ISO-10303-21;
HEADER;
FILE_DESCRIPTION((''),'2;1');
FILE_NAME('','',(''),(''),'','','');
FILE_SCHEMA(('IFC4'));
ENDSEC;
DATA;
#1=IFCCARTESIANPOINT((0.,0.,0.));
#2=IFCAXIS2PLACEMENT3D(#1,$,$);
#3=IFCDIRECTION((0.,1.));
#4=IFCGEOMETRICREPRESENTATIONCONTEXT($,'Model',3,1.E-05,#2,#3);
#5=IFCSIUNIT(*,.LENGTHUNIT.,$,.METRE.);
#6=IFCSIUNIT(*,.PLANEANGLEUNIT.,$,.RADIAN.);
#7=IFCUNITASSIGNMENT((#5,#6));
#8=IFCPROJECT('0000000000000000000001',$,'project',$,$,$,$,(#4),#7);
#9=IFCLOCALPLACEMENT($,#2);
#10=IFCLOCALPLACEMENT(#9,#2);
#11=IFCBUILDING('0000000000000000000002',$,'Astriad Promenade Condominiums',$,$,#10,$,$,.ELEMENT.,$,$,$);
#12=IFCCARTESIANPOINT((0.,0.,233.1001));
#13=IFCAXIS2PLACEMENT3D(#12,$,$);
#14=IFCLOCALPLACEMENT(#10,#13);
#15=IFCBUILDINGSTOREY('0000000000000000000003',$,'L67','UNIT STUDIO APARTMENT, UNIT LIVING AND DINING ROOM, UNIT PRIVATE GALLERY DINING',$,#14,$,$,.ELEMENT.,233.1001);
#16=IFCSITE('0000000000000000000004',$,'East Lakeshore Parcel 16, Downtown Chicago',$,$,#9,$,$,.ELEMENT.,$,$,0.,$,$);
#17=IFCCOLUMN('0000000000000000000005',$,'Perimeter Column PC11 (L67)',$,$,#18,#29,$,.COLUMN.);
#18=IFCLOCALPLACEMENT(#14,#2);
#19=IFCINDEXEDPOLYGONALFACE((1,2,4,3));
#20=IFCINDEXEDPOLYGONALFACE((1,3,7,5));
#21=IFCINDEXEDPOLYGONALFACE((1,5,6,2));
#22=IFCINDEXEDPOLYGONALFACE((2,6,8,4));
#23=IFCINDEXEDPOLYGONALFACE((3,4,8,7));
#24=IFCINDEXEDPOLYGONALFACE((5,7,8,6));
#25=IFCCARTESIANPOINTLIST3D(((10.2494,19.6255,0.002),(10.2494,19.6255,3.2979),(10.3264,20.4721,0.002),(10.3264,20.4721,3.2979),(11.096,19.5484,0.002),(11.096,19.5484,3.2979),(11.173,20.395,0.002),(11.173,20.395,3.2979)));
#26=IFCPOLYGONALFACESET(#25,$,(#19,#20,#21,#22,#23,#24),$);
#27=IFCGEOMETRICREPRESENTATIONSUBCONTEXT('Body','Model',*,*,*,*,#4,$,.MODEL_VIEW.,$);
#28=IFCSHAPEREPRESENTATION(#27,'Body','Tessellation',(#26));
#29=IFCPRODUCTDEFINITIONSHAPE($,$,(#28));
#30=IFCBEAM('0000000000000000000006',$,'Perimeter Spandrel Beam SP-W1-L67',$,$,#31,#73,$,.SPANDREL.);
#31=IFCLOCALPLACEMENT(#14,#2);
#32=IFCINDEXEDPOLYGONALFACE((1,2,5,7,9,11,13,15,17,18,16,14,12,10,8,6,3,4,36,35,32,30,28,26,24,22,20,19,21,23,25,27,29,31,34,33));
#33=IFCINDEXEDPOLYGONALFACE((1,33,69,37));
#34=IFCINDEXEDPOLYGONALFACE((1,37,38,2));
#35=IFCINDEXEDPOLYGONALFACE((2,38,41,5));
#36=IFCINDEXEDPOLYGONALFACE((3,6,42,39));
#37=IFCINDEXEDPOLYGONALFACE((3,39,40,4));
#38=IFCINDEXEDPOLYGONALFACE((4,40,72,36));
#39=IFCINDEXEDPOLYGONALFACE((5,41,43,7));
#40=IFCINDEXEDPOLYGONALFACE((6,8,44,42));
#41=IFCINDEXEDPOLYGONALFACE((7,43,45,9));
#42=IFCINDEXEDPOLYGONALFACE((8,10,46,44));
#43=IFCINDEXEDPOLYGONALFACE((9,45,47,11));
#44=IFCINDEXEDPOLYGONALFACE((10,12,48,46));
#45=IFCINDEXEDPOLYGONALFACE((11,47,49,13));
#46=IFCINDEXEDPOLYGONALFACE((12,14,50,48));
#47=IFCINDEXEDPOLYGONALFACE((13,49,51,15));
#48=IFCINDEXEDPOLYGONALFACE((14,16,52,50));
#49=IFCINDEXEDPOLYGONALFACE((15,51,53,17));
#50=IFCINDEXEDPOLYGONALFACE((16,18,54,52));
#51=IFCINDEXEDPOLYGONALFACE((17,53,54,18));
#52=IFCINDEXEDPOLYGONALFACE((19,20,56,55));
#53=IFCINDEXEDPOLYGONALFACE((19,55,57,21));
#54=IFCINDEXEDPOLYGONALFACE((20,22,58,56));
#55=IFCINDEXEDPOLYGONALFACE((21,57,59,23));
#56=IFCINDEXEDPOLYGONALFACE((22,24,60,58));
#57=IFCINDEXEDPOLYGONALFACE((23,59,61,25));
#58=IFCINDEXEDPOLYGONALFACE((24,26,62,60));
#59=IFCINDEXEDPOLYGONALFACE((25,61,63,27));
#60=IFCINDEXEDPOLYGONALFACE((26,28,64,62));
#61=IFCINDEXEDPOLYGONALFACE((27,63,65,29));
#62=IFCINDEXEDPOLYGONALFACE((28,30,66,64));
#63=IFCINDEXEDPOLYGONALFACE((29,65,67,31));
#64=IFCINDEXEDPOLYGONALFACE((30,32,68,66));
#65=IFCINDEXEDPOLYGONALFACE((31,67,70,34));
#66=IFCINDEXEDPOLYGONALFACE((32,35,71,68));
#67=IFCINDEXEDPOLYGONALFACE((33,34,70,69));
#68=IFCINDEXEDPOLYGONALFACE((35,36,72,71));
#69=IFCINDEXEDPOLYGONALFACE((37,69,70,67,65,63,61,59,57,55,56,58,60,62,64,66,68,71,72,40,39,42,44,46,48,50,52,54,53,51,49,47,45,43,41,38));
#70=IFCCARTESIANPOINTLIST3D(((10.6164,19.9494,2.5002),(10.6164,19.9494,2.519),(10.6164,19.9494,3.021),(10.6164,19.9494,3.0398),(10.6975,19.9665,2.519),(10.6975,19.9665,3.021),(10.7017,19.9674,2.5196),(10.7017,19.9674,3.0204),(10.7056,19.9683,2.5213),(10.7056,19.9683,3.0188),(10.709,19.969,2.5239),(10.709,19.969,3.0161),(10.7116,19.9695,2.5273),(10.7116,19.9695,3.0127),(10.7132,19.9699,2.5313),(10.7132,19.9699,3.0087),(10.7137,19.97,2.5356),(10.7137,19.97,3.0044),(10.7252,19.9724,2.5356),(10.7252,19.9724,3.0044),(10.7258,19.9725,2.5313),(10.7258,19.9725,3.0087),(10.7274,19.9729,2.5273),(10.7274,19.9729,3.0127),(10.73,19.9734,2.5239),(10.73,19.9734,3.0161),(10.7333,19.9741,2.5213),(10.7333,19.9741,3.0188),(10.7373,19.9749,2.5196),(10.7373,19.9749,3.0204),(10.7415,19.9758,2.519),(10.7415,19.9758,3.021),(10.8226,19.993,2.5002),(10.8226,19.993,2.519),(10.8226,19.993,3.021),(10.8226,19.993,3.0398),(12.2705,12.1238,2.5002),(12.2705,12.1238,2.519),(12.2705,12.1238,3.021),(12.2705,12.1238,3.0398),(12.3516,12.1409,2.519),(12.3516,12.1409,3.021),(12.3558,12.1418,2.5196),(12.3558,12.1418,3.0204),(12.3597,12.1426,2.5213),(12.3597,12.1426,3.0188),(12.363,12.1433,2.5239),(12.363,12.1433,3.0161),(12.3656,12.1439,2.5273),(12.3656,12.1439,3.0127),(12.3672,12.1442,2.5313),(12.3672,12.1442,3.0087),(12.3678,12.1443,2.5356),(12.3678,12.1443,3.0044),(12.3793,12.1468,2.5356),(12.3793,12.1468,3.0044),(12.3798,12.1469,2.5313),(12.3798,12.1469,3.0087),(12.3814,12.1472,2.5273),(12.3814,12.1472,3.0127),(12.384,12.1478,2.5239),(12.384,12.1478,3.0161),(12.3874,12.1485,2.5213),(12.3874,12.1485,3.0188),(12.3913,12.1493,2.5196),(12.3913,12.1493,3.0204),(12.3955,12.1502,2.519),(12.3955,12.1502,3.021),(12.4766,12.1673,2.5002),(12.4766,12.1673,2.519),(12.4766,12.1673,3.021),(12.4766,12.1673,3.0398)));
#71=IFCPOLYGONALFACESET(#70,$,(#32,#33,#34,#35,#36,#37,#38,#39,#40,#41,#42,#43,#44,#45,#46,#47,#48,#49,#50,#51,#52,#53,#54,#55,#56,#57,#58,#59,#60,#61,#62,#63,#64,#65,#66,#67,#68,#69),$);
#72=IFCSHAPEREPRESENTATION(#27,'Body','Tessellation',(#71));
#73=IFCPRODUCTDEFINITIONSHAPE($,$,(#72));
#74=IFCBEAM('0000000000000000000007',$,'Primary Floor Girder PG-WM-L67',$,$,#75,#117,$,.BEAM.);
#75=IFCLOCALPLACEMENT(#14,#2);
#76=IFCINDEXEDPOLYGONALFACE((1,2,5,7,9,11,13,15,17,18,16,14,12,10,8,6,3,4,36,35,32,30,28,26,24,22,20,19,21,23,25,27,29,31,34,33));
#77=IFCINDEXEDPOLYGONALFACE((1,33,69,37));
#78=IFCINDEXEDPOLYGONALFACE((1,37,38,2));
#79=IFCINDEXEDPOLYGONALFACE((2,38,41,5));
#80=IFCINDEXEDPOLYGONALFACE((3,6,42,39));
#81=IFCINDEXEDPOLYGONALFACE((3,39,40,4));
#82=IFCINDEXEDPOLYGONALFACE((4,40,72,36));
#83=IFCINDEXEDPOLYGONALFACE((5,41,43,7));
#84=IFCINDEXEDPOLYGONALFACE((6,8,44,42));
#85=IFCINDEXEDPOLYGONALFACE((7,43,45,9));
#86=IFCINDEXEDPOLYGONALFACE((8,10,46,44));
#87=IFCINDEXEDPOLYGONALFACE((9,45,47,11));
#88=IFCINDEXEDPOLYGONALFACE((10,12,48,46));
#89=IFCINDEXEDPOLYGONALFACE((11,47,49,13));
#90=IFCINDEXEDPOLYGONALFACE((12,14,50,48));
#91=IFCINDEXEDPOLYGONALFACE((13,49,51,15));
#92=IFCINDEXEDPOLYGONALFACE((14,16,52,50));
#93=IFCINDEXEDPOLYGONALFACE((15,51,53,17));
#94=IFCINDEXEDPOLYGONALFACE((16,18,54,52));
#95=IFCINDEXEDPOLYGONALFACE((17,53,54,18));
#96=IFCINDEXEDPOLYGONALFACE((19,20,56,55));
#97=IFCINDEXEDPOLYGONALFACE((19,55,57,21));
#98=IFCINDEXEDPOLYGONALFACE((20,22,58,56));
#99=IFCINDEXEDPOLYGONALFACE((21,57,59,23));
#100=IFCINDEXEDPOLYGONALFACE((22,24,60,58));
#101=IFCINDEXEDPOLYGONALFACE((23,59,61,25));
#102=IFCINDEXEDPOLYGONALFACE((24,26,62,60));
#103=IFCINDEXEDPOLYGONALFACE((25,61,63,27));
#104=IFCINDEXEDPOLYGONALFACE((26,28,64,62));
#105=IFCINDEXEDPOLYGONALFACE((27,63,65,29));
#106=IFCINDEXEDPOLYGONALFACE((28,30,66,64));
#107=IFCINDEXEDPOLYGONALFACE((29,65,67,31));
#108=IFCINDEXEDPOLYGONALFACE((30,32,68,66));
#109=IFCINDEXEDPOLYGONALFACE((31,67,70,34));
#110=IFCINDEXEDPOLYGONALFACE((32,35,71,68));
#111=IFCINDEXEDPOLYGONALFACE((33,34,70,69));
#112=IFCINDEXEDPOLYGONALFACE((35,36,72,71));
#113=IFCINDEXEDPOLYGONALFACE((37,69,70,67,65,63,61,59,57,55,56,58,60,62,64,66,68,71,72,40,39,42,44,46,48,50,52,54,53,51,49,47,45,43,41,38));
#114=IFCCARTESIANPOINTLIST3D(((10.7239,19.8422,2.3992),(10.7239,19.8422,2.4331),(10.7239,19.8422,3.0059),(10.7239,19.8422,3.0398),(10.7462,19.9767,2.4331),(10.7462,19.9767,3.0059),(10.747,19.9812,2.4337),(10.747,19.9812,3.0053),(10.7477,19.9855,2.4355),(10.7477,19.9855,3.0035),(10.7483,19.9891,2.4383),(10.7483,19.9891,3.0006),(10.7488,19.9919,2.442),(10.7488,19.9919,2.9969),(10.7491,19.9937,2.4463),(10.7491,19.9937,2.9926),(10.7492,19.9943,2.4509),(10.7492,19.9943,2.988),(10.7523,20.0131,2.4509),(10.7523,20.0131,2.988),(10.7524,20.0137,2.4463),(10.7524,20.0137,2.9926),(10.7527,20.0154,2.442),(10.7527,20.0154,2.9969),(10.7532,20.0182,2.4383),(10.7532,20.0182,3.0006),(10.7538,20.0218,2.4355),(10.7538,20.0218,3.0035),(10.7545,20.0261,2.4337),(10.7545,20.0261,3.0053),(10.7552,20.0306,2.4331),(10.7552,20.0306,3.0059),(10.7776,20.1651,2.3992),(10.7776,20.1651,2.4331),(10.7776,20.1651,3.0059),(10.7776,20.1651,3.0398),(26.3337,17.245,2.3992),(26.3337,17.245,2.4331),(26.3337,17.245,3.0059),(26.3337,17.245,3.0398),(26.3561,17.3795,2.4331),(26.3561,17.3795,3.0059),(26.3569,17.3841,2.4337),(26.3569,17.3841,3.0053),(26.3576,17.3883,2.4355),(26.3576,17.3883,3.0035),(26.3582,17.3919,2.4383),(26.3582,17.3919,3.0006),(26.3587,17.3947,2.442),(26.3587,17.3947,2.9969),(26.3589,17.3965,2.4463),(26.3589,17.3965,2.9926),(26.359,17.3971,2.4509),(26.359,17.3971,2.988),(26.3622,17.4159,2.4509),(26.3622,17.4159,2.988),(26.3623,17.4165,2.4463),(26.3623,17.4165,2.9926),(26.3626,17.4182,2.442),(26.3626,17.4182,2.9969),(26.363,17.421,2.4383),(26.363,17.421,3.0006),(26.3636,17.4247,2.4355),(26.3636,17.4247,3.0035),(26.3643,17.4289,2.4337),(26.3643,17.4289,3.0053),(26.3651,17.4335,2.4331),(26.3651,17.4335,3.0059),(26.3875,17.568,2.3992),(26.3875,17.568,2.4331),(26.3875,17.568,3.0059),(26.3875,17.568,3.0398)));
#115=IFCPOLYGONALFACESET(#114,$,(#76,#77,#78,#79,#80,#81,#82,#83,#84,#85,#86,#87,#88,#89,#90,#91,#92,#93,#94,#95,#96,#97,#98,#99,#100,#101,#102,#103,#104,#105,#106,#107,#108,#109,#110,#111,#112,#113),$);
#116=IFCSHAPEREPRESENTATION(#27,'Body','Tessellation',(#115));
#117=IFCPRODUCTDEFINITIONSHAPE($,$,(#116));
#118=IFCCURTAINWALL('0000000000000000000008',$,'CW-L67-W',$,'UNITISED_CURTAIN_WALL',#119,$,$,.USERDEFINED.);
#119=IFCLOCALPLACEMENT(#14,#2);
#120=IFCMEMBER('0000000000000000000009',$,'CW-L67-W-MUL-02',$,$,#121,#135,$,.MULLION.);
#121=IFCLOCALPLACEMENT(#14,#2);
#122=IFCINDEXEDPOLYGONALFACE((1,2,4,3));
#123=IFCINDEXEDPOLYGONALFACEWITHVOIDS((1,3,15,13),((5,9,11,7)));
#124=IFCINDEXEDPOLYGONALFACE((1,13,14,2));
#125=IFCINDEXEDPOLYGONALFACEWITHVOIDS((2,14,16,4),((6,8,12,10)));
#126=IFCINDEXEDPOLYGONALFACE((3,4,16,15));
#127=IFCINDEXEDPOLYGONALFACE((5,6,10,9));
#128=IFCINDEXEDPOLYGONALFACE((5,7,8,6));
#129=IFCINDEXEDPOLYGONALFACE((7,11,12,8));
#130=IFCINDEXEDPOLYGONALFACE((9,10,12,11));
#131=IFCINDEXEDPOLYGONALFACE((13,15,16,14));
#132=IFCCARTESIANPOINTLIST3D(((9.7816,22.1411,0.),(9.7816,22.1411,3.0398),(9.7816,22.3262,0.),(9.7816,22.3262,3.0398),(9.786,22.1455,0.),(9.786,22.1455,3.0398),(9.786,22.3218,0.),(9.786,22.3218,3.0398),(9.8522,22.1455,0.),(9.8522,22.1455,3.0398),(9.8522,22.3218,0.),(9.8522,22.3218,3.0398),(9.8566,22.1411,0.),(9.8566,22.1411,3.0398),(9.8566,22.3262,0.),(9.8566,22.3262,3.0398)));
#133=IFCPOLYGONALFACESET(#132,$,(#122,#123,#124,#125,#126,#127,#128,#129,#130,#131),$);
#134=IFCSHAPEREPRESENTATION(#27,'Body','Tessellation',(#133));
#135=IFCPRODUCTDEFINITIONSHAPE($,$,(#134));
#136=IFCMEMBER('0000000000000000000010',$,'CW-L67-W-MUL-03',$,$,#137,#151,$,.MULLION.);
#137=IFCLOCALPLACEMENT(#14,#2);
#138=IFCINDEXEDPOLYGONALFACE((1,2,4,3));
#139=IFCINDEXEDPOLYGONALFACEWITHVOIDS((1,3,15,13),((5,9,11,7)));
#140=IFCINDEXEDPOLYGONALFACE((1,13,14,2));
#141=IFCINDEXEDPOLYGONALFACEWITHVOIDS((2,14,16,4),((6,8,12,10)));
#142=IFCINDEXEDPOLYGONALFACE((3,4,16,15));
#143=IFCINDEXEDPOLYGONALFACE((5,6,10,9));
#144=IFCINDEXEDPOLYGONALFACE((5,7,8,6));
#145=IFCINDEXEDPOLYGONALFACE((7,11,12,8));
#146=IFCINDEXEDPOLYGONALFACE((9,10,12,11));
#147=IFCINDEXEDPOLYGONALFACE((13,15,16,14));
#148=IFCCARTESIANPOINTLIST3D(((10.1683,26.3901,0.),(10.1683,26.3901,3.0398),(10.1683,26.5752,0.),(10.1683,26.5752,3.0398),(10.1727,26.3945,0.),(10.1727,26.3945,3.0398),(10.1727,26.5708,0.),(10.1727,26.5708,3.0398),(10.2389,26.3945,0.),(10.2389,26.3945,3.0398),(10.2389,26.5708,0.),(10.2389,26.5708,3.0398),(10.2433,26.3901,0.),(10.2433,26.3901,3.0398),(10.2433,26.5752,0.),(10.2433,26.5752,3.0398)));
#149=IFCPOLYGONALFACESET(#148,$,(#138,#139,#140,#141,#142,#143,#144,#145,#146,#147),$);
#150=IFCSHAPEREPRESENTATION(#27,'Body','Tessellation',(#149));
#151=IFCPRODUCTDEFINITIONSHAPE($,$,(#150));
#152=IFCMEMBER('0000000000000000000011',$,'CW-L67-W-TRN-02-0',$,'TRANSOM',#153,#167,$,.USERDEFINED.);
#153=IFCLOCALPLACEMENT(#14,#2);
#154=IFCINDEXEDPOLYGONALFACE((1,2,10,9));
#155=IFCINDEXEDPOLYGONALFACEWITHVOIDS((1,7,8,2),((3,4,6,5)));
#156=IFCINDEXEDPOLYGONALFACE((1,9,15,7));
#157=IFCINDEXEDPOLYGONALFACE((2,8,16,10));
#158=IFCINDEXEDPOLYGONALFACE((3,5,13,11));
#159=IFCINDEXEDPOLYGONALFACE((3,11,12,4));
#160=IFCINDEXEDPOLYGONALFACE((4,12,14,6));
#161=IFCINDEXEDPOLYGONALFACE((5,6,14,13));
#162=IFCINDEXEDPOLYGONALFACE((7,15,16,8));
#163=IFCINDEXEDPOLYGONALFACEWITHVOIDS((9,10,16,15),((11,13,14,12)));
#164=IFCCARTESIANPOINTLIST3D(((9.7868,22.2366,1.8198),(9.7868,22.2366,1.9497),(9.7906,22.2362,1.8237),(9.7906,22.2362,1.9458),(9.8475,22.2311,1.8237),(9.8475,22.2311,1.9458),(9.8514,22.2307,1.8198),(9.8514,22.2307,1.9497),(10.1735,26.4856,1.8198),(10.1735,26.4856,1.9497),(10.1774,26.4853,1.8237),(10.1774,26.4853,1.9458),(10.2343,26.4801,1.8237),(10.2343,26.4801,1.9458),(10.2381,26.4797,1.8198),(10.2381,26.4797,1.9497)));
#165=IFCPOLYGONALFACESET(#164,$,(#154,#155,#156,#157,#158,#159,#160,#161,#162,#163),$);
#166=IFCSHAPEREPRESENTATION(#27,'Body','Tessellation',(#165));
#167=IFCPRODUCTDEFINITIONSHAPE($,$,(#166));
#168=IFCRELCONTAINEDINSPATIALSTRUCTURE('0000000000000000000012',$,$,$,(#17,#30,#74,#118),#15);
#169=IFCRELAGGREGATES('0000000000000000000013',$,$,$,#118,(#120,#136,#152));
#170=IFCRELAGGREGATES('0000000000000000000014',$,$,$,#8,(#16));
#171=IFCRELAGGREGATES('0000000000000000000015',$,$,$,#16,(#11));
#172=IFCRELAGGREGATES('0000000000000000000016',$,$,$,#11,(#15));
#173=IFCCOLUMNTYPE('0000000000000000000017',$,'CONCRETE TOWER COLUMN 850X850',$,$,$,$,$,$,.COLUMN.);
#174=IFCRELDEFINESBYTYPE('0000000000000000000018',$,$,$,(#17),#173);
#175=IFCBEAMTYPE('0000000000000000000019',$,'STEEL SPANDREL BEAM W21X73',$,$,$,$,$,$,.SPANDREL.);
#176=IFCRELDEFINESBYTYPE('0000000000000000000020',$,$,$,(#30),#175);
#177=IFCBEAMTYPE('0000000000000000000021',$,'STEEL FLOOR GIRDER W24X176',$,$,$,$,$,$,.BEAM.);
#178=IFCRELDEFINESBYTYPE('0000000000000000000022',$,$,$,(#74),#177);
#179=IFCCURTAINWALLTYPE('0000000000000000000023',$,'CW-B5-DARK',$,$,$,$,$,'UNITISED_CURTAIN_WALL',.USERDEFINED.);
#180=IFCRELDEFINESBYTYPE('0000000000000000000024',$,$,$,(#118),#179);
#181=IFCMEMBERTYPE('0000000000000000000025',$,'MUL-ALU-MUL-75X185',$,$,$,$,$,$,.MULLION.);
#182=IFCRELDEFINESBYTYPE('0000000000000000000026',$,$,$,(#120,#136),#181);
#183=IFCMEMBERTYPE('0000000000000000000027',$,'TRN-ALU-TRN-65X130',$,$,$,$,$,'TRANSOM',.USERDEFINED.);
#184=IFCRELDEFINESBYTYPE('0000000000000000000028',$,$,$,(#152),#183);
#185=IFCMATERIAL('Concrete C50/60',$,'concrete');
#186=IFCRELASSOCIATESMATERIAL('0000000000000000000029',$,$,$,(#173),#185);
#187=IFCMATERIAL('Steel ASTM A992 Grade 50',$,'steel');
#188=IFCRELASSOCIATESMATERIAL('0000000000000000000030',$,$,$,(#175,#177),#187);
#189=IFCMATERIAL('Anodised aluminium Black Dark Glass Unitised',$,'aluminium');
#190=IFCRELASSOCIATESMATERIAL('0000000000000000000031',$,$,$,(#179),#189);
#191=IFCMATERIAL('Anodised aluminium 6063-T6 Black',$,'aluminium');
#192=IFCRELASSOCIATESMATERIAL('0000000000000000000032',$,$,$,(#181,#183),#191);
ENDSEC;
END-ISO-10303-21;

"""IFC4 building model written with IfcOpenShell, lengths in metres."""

from ifc_helpers import new_model, si_unit, direction, frame, origin, origin_2d, place, context, subcontext, project, spatial, rectangle, hollow_rectangle, i_section, extrude, source, transform, mapped, material, material_profile, profile_set, type_object, type_shapes, element, aggregate, save


model = new_model("IFC4")

# Units and contexts
model_context = context("Model", 3, precision=1e-05, world=origin(), true_north=direction((0.0, 1.0)))
body_context = subcontext(model_context, "Body", "Model", "MODEL_VIEW")
ifc_project = project(units=[si_unit("LENGTHUNIT", "METRE"), si_unit("PLANEANGLEUNIT", "RADIAN")], contexts=[model_context])

# Site, building, storey
site_placement = place(None, origin())
site = spatial("IfcSite", under=ifc_project, at=site_placement, Name="East Lakeshore Parcel 16, Downtown Chicago", CompositionType="ELEMENT", RefElevation=0.0)
building_placement = place(site_placement, origin())
building = spatial("IfcBuilding", under=site, at=building_placement, Name="Astriad Promenade Condominiums", CompositionType="ELEMENT")
storey_placement = place(building_placement, frame((0.0, 0.0, 233.1001)))
storey = spatial("IfcBuildingStorey", under=building, at=storey_placement, Name="L67", Description="UNIT STUDIO APARTMENT, UNIT LIVING AND DINING ROOM, UNIT PRIVATE GALLERY DINING", CompositionType="ELEMENT", Elevation=233.1001)

# Column
ifc_material_1 = material(Name="Concrete C50/60", Category="concrete")
ifc_material_profile_1 = material_profile(ifc_material_1, rectangle(XDim=0.8501, YDim=0.8501, at=origin_2d()), Name="RC-COL-850X850")
ifc_profile_set_1 = profile_set([ifc_material_profile_1], Name="Concrete C50/60")
column_type = type_object("IfcColumnType", Name="CONCRETE TOWER COLUMN 850X850", PredefinedType="COLUMN", material=ifc_profile_set_1)
shared_shape_1 = source(origin(), body_context, "Body", "SweptSolid", [
    extrude(rectangle(XDim=0.8501, YDim=0.8501, at=origin_2d()), origin(), (0.0, 0.0, 1.0), 3.2959),
])
type_shapes(column_type, [shared_shape_1])
column_placement = place(storey_placement, frame((10.7112, 20.0103, 0.002), z_axis=(0.0, 0.0, 1.0), x_axis=(0.995884, -0.090633, 0.0)))
element("IfcColumn", 1, at=column_placement, inside=storey, type_object=column_type, Name="Perimeter Column PC11 (L67)", PredefinedType="COLUMN", context=body_context, shape_type="MappedRepresentation", body=[
    mapped(shared_shape_1, transform((0.0, 0.0, 0.0), scale=1.0)),
])

# Beams
ifc_material_2 = material(Name="Steel ASTM A992 Grade 50", Category="steel")
ifc_material_profile_2 = material_profile(ifc_material_2, i_section(OverallWidth=0.2107, OverallDepth=0.5396, WebThickness=0.0117, FlangeThickness=0.0188, FilletRadius=0.0166, at=origin_2d()), Name="W21X73")
ifc_profile_set_2 = profile_set([ifc_material_profile_2], Name="Steel ASTM A992 Grade 50")
beam_type_1 = type_object("IfcBeamType", Name="STEEL SPANDREL BEAM W21X73", PredefinedType="SPANDREL", material=ifc_profile_set_2)
shared_shape_2 = source(origin(), body_context, "Body", "SweptSolid", [
    extrude(i_section(OverallWidth=0.2107, OverallDepth=0.5396, WebThickness=0.0117, FlangeThickness=0.0188, FilletRadius=0.0166, at=origin_2d()), origin(), (0.0, 0.0, 1.0), 7.9985),
])
type_shapes(beam_type_1, [shared_shape_2])
beam_1_placement = place(storey_placement, frame((10.7195, 19.9712, 2.77), z_axis=(0.206793, -0.978385, 0.0), x_axis=(0.978385, 0.206793, 0.0)))
element("IfcBeam", 2, at=beam_1_placement, inside=storey, type_object=beam_type_1, Name="Perimeter Spandrel Beam SP-W1-L67", PredefinedType="SPANDREL", context=body_context, shape_type="MappedRepresentation", body=[
    mapped(shared_shape_2, transform((0.0, 0.0, 0.0), scale=1.0)),
])
ifc_material_profile_3 = material_profile(ifc_material_2, i_section(OverallWidth=0.3274, OverallDepth=0.6406, WebThickness=0.019, FlangeThickness=0.0339, FilletRadius=0.0178, at=origin_2d()), Name="W24X176")
ifc_profile_set_3 = profile_set([ifc_material_profile_3], Name="Steel ASTM A992 Grade 50")
beam_type_2 = type_object("IfcBeamType", Name="STEEL FLOOR GIRDER W24X176", PredefinedType="BEAM", material=ifc_profile_set_3)
shared_shape_3 = source(origin(), body_context, "Body", "SweptSolid", [
    extrude(i_section(OverallWidth=0.3274, OverallDepth=0.6406, WebThickness=0.019, FlangeThickness=0.0339, FilletRadius=0.0178, at=origin_2d()), origin(), (0.0, 0.0, 1.0), 15.8245),
])
type_shapes(beam_type_2, [shared_shape_3])
beam_2_placement = place(storey_placement, frame((10.7507, 20.0037, 2.7195), z_axis=(0.98644, -0.164124, 0.0), x_axis=(0.164124, 0.98644, 0.0)))
element("IfcBeam", 3, at=beam_2_placement, inside=storey, type_object=beam_type_2, Name="Primary Floor Girder PG-WM-L67", PredefinedType="BEAM", context=body_context, shape_type="MappedRepresentation", body=[
    mapped(shared_shape_3, transform((0.0, 0.0, 0.0), scale=1.0)),
])

# Curtain wall, members
ifc_material_3 = material(Name="Anodised aluminium Black Dark Glass Unitised", Category="aluminium")
curtain_wall_type = type_object("IfcCurtainWallType", Name="CW-B5-DARK", ElementType="UNITISED_CURTAIN_WALL", PredefinedType="USERDEFINED", material=ifc_material_3)
curtain_wall_placement = place(storey_placement, origin())
curtain_wall = element("IfcCurtainWall", 4, at=curtain_wall_placement, inside=storey, type_object=curtain_wall_type, Name="CW-L67-W", ObjectType="UNITISED_CURTAIN_WALL", PredefinedType="USERDEFINED")
ifc_material_4 = material(Name="Anodised aluminium 6063-T6 Black", Category="aluminium")
ifc_material_profile_4 = material_profile(ifc_material_4, hollow_rectangle(XDim=0.075, YDim=0.1851, WallThickness=0.0044, at=origin_2d()), Name="ALU-MUL-75X185")
ifc_profile_set_4 = profile_set([ifc_material_profile_4], Name="Anodised aluminium 6063-T6 Black")
member_type_1 = type_object("IfcMemberType", Name="MUL-ALU-MUL-75X185", PredefinedType="MULLION", material=ifc_profile_set_4)
shared_shape_4 = source(origin(), body_context, "Body", "SweptSolid", [
    extrude(hollow_rectangle(XDim=0.075, YDim=0.1851, WallThickness=0.0044, at=origin_2d()), origin(), (0.0, 0.0, 1.0), 3.0398),
])
type_shapes(member_type_1, [shared_shape_4])
member_1_placement = place(storey_placement, frame((9.8191, 22.2336, 0.0), z_axis=(0.0, 0.0, 1.0), x_axis=(1.0, 0.0, 0.0)))
member_1 = element("IfcMember", 5, at=member_1_placement, type_object=member_type_1, Name="CW-L67-W-MUL-02", PredefinedType="MULLION", context=body_context, shape_type="MappedRepresentation", body=[
    mapped(shared_shape_4, transform((0.0, 0.0, 0.0), scale=1.0)),
])
member_2_placement = place(storey_placement, frame((10.2058, 26.4827, 0.0), z_axis=(0.0, 0.0, 1.0), x_axis=(1.0, 0.0, 0.0)))
member_2 = element("IfcMember", 6, at=member_2_placement, type_object=member_type_1, Name="CW-L67-W-MUL-03", PredefinedType="MULLION", context=body_context, shape_type="MappedRepresentation", body=[
    mapped(shared_shape_4, transform((0.0, 0.0, 0.0), scale=1.0)),
])
ifc_material_profile_5 = material_profile(ifc_material_4, hollow_rectangle(XDim=0.0649, YDim=0.1299, WallThickness=0.0039, at=origin_2d()), Name="ALU-TRN-65X130")
ifc_profile_set_5 = profile_set([ifc_material_profile_5], Name="Anodised aluminium 6063-T6 Black")
member_type_2 = type_object("IfcMemberType", Name="TRN-ALU-TRN-65X130", ElementType="TRANSOM", PredefinedType="USERDEFINED", material=ifc_profile_set_5)
shared_shape_5 = source(origin(), body_context, "Body", "SweptSolid", [
    extrude(hollow_rectangle(XDim=0.0649, YDim=0.1299, WallThickness=0.0039, at=origin_2d()), origin(), (0.0, 0.0, 1.0), 4.2666),
])
type_shapes(member_type_2, [shared_shape_5])
member_3_placement = place(storey_placement, frame((9.8191, 22.2336, 1.8848), z_axis=(0.090639, 0.995884, 0.0), x_axis=(-0.995884, 0.090639, 0.0)))
member_3 = element("IfcMember", 7, at=member_3_placement, type_object=member_type_2, Name="CW-L67-W-TRN-02-0", ObjectType="TRANSOM", PredefinedType="USERDEFINED", context=body_context, shape_type="MappedRepresentation", body=[
    mapped(shared_shape_5, transform((0.0, 0.0, 0.0), scale=1.0)),
])
aggregate(curtain_wall, [member_1, member_2, member_3])

save(model, "model.ifc")
